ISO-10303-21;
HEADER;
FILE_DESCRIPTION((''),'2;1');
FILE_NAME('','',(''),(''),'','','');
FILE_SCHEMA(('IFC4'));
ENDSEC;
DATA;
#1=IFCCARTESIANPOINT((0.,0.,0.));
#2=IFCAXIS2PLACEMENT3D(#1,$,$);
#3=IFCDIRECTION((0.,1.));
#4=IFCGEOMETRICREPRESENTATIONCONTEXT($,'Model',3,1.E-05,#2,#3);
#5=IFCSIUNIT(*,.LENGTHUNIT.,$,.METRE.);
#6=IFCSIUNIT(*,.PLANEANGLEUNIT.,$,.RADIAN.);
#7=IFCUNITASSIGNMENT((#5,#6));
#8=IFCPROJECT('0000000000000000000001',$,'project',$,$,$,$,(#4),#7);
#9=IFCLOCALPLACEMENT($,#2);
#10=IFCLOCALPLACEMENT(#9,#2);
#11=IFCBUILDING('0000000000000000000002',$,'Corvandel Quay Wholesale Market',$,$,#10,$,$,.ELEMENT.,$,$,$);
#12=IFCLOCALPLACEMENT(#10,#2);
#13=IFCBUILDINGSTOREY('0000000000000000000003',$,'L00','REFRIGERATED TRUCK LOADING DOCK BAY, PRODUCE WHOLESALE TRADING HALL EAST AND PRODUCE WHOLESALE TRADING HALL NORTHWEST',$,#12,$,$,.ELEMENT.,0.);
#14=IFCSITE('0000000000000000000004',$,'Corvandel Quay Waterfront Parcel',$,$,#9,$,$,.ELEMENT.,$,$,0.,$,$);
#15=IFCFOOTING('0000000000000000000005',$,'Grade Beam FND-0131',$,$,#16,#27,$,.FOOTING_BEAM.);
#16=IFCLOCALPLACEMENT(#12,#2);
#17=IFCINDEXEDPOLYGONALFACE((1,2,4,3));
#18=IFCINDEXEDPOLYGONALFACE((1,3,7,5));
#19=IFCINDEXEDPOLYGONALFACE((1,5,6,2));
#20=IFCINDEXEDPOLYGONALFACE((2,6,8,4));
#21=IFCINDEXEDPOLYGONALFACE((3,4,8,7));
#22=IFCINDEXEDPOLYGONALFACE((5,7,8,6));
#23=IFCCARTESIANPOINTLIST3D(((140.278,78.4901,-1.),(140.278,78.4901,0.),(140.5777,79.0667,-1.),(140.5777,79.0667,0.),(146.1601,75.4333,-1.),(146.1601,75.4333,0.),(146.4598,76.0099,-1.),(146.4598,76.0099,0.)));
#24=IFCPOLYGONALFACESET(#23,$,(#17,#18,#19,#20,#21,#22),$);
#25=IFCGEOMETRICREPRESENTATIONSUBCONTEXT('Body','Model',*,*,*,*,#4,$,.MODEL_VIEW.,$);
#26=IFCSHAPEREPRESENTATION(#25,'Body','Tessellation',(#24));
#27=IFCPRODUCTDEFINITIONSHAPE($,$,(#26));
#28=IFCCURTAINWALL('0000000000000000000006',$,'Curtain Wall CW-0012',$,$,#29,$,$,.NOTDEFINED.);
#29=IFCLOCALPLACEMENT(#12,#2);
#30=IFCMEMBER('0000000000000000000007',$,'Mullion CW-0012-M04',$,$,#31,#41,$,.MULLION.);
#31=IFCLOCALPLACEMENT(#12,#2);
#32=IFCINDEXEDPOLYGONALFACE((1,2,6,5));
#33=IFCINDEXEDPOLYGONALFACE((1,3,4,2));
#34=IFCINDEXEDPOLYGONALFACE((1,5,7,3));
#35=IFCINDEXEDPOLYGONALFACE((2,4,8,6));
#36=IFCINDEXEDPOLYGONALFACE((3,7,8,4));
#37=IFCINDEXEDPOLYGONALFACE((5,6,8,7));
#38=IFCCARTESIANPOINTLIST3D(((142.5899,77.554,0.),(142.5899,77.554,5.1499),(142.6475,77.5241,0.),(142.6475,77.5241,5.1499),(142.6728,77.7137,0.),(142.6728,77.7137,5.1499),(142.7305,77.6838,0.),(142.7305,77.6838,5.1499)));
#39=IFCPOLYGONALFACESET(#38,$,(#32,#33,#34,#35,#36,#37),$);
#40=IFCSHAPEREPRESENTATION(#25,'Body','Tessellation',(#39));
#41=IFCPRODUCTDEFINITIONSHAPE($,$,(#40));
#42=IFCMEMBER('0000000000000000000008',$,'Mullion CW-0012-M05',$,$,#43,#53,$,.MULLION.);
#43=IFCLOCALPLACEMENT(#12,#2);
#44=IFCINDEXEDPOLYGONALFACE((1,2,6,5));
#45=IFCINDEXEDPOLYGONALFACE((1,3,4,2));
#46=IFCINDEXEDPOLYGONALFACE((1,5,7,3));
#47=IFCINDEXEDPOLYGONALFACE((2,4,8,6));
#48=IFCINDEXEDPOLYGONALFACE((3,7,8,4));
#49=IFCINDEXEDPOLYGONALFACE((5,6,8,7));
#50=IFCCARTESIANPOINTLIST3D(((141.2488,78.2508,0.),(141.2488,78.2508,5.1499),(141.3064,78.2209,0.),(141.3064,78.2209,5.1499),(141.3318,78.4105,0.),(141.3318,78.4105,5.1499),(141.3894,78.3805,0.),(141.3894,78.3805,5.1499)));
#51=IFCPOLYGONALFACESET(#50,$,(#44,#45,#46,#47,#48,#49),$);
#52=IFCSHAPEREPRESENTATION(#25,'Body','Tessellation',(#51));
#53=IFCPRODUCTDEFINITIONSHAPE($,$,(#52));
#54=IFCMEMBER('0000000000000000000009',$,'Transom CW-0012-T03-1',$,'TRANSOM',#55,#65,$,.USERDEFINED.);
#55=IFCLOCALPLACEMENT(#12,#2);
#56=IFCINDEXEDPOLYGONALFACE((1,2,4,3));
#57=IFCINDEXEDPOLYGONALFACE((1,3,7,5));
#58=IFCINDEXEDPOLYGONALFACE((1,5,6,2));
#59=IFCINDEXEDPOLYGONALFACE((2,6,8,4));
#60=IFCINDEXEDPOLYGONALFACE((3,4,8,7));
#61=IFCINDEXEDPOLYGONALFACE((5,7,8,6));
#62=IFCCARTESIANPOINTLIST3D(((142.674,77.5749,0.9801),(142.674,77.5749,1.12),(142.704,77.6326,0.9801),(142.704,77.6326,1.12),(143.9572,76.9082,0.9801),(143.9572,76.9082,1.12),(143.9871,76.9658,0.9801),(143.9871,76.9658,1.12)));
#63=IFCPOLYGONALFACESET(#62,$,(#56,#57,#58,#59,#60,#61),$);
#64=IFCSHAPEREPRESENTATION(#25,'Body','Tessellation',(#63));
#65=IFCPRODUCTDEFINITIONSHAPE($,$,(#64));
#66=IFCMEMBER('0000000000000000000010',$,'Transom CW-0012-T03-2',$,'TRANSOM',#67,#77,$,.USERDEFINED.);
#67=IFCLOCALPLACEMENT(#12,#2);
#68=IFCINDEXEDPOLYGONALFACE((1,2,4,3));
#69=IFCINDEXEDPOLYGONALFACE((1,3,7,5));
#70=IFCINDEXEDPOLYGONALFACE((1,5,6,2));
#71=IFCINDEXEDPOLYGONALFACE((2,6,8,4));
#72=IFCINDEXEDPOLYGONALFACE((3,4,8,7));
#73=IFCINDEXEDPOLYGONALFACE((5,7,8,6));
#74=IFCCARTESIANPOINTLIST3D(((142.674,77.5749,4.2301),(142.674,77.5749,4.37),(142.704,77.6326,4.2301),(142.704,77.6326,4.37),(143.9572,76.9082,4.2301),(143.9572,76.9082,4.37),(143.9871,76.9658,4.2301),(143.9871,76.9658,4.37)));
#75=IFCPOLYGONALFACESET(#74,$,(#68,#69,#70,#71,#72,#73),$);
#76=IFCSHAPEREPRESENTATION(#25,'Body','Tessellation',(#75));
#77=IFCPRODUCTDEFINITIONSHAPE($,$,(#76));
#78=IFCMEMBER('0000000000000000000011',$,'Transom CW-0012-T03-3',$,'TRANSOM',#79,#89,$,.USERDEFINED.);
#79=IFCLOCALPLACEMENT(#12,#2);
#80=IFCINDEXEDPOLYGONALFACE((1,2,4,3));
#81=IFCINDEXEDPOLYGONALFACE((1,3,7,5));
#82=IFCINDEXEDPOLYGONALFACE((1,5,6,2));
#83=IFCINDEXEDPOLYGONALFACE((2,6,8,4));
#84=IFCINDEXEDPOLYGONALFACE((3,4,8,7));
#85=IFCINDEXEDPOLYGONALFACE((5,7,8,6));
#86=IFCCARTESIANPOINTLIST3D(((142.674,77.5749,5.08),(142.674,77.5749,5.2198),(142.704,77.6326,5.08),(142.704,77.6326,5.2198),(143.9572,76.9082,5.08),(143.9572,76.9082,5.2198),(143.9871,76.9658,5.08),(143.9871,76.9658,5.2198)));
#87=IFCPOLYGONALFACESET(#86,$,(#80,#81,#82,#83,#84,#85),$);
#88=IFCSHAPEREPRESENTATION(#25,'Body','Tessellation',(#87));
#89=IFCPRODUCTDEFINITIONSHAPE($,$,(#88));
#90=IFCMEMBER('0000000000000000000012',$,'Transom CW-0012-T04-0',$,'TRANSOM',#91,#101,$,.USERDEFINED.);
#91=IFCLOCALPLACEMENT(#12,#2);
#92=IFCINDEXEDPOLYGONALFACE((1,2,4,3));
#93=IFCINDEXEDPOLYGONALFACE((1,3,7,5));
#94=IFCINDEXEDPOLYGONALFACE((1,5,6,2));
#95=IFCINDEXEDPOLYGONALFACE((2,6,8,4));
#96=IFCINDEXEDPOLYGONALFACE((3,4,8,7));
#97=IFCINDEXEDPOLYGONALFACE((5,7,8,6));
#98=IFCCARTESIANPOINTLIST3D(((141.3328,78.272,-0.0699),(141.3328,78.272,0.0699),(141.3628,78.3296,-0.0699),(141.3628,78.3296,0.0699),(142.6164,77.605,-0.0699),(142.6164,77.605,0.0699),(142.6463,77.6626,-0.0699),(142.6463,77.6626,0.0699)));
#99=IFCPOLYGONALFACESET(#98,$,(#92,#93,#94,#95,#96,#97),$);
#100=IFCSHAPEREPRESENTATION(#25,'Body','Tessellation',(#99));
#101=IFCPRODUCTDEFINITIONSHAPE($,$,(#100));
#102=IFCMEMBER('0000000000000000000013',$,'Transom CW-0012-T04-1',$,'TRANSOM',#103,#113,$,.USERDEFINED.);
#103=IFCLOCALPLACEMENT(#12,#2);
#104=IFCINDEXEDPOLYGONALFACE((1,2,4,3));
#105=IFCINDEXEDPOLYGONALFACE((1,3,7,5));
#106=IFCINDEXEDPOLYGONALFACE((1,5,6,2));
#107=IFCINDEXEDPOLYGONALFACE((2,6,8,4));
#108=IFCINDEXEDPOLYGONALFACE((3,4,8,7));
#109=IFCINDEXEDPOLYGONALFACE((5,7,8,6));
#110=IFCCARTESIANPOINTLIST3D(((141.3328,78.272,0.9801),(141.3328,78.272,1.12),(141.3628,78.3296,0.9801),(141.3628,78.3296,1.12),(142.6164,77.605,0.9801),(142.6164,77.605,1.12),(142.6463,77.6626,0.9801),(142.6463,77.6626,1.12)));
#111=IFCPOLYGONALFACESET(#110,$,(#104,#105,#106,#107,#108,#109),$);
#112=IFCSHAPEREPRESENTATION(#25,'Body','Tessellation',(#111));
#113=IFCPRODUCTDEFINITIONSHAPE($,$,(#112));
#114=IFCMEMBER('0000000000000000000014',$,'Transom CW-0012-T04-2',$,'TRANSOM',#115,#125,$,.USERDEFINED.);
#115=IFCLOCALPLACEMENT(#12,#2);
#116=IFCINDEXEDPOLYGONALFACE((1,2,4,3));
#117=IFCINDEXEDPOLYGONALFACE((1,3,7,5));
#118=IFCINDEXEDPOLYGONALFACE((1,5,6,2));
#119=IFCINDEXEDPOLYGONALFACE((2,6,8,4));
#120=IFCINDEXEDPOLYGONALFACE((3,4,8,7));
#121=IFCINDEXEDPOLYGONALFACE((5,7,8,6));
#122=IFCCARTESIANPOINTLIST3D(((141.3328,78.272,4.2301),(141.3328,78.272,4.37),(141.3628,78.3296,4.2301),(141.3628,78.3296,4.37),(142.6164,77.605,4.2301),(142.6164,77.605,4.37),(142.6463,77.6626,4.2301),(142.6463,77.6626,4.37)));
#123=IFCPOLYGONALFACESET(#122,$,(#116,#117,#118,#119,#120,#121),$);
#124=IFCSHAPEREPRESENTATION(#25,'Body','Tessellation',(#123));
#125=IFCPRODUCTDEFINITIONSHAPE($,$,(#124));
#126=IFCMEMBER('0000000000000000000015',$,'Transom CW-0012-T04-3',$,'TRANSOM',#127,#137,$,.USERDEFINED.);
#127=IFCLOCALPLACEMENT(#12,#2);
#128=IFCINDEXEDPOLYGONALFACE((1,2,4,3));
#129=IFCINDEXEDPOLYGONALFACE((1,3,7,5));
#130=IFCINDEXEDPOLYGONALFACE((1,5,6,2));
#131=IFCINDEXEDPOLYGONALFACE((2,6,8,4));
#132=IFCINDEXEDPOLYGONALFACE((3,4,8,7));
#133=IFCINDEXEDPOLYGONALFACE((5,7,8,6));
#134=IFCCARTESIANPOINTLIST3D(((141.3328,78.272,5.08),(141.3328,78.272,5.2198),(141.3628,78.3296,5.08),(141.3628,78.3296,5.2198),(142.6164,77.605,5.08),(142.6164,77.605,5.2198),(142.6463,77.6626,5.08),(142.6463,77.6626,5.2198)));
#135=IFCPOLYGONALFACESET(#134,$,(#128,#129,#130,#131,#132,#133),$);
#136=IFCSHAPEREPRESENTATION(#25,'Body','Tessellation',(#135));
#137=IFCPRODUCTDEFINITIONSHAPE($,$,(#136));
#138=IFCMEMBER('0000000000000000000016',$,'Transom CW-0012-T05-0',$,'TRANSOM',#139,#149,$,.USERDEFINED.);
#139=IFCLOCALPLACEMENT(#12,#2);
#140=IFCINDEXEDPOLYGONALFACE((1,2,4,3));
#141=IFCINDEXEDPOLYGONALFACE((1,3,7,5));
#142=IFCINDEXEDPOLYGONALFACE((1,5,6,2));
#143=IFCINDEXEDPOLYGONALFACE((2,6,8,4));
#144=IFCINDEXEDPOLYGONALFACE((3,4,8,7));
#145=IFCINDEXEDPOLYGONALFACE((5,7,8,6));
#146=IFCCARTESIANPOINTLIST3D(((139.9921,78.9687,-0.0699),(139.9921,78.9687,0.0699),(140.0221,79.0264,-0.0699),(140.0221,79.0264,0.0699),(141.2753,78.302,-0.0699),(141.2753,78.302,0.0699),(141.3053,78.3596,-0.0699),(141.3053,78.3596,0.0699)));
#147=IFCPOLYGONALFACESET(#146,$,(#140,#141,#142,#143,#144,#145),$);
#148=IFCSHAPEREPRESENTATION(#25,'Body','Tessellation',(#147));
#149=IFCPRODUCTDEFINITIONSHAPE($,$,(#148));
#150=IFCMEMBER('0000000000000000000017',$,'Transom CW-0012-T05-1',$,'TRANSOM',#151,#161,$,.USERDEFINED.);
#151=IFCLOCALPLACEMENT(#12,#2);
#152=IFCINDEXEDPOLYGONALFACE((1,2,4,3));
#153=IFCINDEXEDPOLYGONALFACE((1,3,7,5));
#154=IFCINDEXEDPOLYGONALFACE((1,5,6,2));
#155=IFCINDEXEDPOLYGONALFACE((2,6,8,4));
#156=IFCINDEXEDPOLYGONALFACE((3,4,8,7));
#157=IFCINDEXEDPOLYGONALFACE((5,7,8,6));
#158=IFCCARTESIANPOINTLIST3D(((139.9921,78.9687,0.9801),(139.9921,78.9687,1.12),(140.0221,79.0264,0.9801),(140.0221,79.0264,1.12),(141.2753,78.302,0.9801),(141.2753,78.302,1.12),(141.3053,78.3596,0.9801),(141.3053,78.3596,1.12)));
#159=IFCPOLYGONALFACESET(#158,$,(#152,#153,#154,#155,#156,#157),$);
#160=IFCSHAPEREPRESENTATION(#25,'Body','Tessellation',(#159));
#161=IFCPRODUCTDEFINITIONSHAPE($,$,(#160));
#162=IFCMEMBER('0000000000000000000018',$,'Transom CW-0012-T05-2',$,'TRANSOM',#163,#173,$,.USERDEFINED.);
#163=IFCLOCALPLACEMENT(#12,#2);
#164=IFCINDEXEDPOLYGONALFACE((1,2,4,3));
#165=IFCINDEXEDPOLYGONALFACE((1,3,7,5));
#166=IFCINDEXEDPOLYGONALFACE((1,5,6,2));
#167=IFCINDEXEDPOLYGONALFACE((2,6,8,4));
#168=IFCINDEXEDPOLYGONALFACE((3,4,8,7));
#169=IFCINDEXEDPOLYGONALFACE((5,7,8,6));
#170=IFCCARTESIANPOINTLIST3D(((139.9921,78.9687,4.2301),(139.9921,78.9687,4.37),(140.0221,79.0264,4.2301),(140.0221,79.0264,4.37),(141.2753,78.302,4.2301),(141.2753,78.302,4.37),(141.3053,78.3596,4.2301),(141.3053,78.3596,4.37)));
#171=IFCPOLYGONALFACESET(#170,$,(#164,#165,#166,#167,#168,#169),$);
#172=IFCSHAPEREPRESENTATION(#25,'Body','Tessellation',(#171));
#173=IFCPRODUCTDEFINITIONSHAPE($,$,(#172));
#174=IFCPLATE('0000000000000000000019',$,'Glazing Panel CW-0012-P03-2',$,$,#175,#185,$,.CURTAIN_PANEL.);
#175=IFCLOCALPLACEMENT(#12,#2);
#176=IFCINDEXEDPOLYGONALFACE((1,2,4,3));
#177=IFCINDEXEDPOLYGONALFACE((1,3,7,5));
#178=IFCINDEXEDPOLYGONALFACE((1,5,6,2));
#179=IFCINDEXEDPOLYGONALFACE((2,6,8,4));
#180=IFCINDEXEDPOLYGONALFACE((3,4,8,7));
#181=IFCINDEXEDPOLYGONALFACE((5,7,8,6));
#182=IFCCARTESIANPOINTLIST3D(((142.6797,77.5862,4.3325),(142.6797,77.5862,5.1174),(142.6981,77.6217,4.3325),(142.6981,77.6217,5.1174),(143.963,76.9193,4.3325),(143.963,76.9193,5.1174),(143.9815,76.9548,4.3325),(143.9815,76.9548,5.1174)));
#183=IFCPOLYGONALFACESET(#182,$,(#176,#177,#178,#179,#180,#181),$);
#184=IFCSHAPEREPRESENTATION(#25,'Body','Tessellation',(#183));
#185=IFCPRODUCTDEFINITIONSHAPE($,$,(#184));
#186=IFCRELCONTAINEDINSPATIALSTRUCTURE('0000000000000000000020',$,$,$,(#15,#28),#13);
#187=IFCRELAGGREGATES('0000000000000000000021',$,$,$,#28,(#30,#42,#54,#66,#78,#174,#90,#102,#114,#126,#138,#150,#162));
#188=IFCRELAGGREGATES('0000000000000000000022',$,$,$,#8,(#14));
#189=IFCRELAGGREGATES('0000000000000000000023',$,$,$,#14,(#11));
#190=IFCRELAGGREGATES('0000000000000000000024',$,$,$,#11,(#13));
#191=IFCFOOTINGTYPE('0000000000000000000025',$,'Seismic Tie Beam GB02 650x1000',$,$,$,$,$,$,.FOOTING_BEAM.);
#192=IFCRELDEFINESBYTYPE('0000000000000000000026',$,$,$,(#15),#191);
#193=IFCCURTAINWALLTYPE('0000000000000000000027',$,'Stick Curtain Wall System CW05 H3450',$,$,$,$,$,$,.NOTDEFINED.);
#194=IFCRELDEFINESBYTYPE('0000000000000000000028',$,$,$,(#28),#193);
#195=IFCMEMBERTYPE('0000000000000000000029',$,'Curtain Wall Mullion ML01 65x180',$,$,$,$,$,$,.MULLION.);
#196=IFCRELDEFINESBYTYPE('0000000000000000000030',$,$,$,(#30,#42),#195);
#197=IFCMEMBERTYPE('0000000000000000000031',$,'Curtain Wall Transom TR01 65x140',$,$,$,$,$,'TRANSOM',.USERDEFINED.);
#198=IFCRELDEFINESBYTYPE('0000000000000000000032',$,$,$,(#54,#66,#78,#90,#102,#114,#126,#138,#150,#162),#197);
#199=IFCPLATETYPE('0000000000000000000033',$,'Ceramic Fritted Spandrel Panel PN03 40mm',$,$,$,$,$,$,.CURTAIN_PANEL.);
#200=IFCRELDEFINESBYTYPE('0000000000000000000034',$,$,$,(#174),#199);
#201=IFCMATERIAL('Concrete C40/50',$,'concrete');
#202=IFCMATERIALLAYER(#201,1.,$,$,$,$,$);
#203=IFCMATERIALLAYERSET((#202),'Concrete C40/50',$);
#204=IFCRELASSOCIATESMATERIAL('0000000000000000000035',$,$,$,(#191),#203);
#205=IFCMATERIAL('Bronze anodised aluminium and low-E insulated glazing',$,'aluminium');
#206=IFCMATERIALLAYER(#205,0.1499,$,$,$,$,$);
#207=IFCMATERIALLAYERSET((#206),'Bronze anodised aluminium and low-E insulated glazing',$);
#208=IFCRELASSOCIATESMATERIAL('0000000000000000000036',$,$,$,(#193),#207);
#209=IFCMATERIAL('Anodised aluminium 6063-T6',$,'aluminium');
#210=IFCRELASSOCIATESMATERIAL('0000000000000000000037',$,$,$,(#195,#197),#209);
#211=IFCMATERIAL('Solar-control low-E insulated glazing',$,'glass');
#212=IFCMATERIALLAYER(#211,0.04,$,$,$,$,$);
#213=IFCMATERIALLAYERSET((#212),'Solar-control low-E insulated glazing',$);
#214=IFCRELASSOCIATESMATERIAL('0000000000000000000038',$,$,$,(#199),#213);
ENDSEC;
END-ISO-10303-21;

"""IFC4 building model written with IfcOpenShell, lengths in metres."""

from ifc_helpers import new_model, si_unit, direction, frame, origin, origin_2d, place, context, subcontext, project, spatial, rectangle, extrude, material, layer, layer_set, material_profile, profile_set, type_object, element, aggregate, save


model = new_model("IFC4")

# Units and contexts
model_context = context("Model", 3, precision=1e-05, world=origin(), true_north=direction((0.0, 1.0)))
body_context = subcontext(model_context, "Body", "Model", "MODEL_VIEW")
ifc_project = project(units=[si_unit("LENGTHUNIT", "METRE"), si_unit("PLANEANGLEUNIT", "RADIAN")], contexts=[model_context])

# Site, building, storey
site_placement = place(None, origin())
site = spatial("IfcSite", under=ifc_project, at=site_placement, Name="Corvandel Quay Waterfront Parcel", CompositionType="ELEMENT", RefElevation=0.0)
building_placement = place(site_placement, origin())
building = spatial("IfcBuilding", under=site, at=building_placement, Name="Corvandel Quay Wholesale Market", CompositionType="ELEMENT")
storey_placement = place(building_placement, origin())
storey = spatial("IfcBuildingStorey", under=building, at=storey_placement, Name="L00", Description="REFRIGERATED TRUCK LOADING DOCK BAY, PRODUCE WHOLESALE TRADING HALL EAST AND PRODUCE WHOLESALE TRADING HALL NORTHWEST", CompositionType="ELEMENT", Elevation=0.0)

# Footing
ifc_material_1 = material(Name="Concrete C40/50", Category="concrete")
ifc_layer_1 = layer(ifc_material_1, 1.0)
ifc_layer_set_1 = layer_set([ifc_layer_1], Name="Concrete C40/50")
footing_type = type_object("IfcFootingType", Name="Seismic Tie Beam GB02 650x1000", PredefinedType="FOOTING_BEAM", material=ifc_layer_set_1)
footing_placement = place(storey_placement, frame((143.3689, 77.25, -1.0), z_axis=(0.0, 0.0, 1.0), x_axis=(-0.887333, 0.461129, 0.0)))
element("IfcFooting", 1, at=footing_placement, inside=storey, type_object=footing_type, Name="Grade Beam FND-0131", PredefinedType="FOOTING_BEAM", context=body_context, shape_type="SweptSolid", body=[
    extrude(rectangle(XDim=6.6289, YDim=0.6499, at=origin_2d()), origin(), (0.0, 0.0, 1.0), 1.0),
])

# Curtain wall, members, plate
ifc_material_2 = material(Name="Bronze anodised aluminium and low-E insulated glazing", Category="aluminium")
ifc_layer_2 = layer(ifc_material_2, 0.1499)
ifc_layer_set_2 = layer_set([ifc_layer_2], Name="Bronze anodised aluminium and low-E insulated glazing")
curtain_wall_type = type_object("IfcCurtainWallType", Name="Stick Curtain Wall System CW05 H3450", PredefinedType="NOTDEFINED", material=ifc_layer_set_2)
curtain_wall_placement = place(storey_placement, origin())
curtain_wall = element("IfcCurtainWall", 2, at=curtain_wall_placement, inside=storey, type_object=curtain_wall_type, Name="Curtain Wall CW-0012", PredefinedType="NOTDEFINED")
ifc_material_3 = material(Name="Anodised aluminium 6063-T6", Category="aluminium")
ifc_material_profile_1 = material_profile(ifc_material_3, rectangle(XDim=0.0649, YDim=0.1799, at=origin_2d()), Name="ALU-MUL-65x180")
ifc_profile_set_1 = profile_set([ifc_material_profile_1], Name="Anodised aluminium 6063-T6")
member_type_1 = type_object("IfcMemberType", Name="Curtain Wall Mullion ML01 65x180", PredefinedType="MULLION", material=ifc_profile_set_1)
member_1_placement = place(storey_placement, frame((142.6602, 77.6189, 0.0), z_axis=(0.0, 0.0, 1.0), x_axis=(-0.887333, 0.461129, 0.0)))
member_1 = element("IfcMember", 3, at=member_1_placement, type_object=member_type_1, Name="Mullion CW-0012-M04", PredefinedType="MULLION", context=body_context, shape_type="SweptSolid", body=[
    extrude(rectangle(XDim=0.0649, YDim=0.1799, at=origin_2d()), origin(), (0.0, 0.0, 1.0), 5.1499),
])
member_2_placement = place(storey_placement, frame((141.3191, 78.3157, 0.0), z_axis=(0.0, 0.0, 1.0), x_axis=(-0.887333, 0.461129, 0.0)))
member_2 = element("IfcMember", 4, at=member_2_placement, type_object=member_type_1, Name="Mullion CW-0012-M05", PredefinedType="MULLION", context=body_context, shape_type="SweptSolid", body=[
    extrude(rectangle(XDim=0.0649, YDim=0.1799, at=origin_2d()), origin(), (0.0, 0.0, 1.0), 5.1499),
])
ifc_material_profile_2 = material_profile(ifc_material_3, rectangle(XDim=0.0649, YDim=0.1399, at=origin_2d()), Name="ALU-TRN-65x140")
ifc_profile_set_2 = profile_set([ifc_material_profile_2], Name="Anodised aluminium 6063-T6")
member_type_2 = type_object("IfcMemberType", Name="Curtain Wall Transom TR01 65x140", ElementType="TRANSOM", PredefinedType="USERDEFINED", material=ifc_profile_set_2)
member_3_placement = place(storey_placement, frame((143.9722, 76.937, 1.05), z_axis=(-0.887363, 0.461071, 0.0), x_axis=(-0.461071, -0.887363, 0.0)))
member_3 = element("IfcMember", 5, at=member_3_placement, type_object=member_type_2, Name="Transom CW-0012-T03-1", ObjectType="TRANSOM", PredefinedType="USERDEFINED", context=body_context, shape_type="SweptSolid", body=[
    extrude(rectangle(XDim=0.0649, YDim=0.1399, at=origin_2d()), origin(), (0.0, 0.0, 1.0), 1.446),
])
member_4_placement = place(storey_placement, frame((143.9722, 76.937, 4.3), z_axis=(-0.887363, 0.461071, 0.0), x_axis=(-0.461071, -0.887363, 0.0)))
member_4 = element("IfcMember", 6, at=member_4_placement, type_object=member_type_2, Name="Transom CW-0012-T03-2", ObjectType="TRANSOM", PredefinedType="USERDEFINED", context=body_context, shape_type="SweptSolid", body=[
    extrude(rectangle(XDim=0.0649, YDim=0.1399, at=origin_2d()), origin(), (0.0, 0.0, 1.0), 1.446),
])
member_5_placement = place(storey_placement, frame((143.9722, 76.937, 5.1499), z_axis=(-0.887363, 0.461071, 0.0), x_axis=(-0.461071, -0.887363, 0.0)))
member_5 = element("IfcMember", 7, at=member_5_placement, type_object=member_type_2, Name="Transom CW-0012-T03-3", ObjectType="TRANSOM", PredefinedType="USERDEFINED", context=body_context, shape_type="SweptSolid", body=[
    extrude(rectangle(XDim=0.0649, YDim=0.1399, at=origin_2d()), origin(), (0.0, 0.0, 1.0), 1.446),
])
member_6_placement = place(storey_placement, frame((142.6313, 77.6338, 0.0), z_axis=(-0.88733, 0.461135, 0.0), x_axis=(-0.461135, -0.88733, 0.0)))
member_6 = element("IfcMember", 8, at=member_6_placement, type_object=member_type_2, Name="Transom CW-0012-T04-0", ObjectType="TRANSOM", PredefinedType="USERDEFINED", context=body_context, shape_type="SweptSolid", body=[
    extrude(rectangle(XDim=0.0649, YDim=0.1399, at=origin_2d()), origin(), (0.0, 0.0, 1.0), 1.4465),
])
member_7_placement = place(storey_placement, frame((142.6313, 77.6338, 1.05), z_axis=(-0.88733, 0.461135, 0.0), x_axis=(-0.461135, -0.88733, 0.0)))
member_7 = element("IfcMember", 9, at=member_7_placement, type_object=member_type_2, Name="Transom CW-0012-T04-1", ObjectType="TRANSOM", PredefinedType="USERDEFINED", context=body_context, shape_type="SweptSolid", body=[
    extrude(rectangle(XDim=0.0649, YDim=0.1399, at=origin_2d()), origin(), (0.0, 0.0, 1.0), 1.4465),
])
member_8_placement = place(storey_placement, frame((142.6313, 77.6338, 4.3), z_axis=(-0.88733, 0.461135, 0.0), x_axis=(-0.461135, -0.88733, 0.0)))
member_8 = element("IfcMember", 10, at=member_8_placement, type_object=member_type_2, Name="Transom CW-0012-T04-2", ObjectType="TRANSOM", PredefinedType="USERDEFINED", context=body_context, shape_type="SweptSolid", body=[
    extrude(rectangle(XDim=0.0649, YDim=0.1399, at=origin_2d()), origin(), (0.0, 0.0, 1.0), 1.4465),
])
member_9_placement = place(storey_placement, frame((142.6313, 77.6338, 5.1499), z_axis=(-0.88733, 0.461135, 0.0), x_axis=(-0.461135, -0.88733, 0.0)))
member_9 = element("IfcMember", 11, at=member_9_placement, type_object=member_type_2, Name="Transom CW-0012-T04-3", ObjectType="TRANSOM", PredefinedType="USERDEFINED", context=body_context, shape_type="SweptSolid", body=[
    extrude(rectangle(XDim=0.0649, YDim=0.1399, at=origin_2d()), origin(), (0.0, 0.0, 1.0), 1.4465),
])
member_10_placement = place(storey_placement, frame((141.2903, 78.3308, 0.0), z_axis=(-0.887363, 0.461071, 0.0), x_axis=(-0.461071, -0.887363, 0.0)))
member_10 = element("IfcMember", 12, at=member_10_placement, type_object=member_type_2, Name="Transom CW-0012-T05-0", ObjectType="TRANSOM", PredefinedType="USERDEFINED", context=body_context, shape_type="SweptSolid", body=[
    extrude(rectangle(XDim=0.0649, YDim=0.1399, at=origin_2d()), origin(), (0.0, 0.0, 1.0), 1.446),
])
member_11_placement = place(storey_placement, frame((141.2903, 78.3308, 1.05), z_axis=(-0.887363, 0.461071, 0.0), x_axis=(-0.461071, -0.887363, 0.0)))
member_11 = element("IfcMember", 13, at=member_11_placement, type_object=member_type_2, Name="Transom CW-0012-T05-1", ObjectType="TRANSOM", PredefinedType="USERDEFINED", context=body_context, shape_type="SweptSolid", body=[
    extrude(rectangle(XDim=0.0649, YDim=0.1399, at=origin_2d()), origin(), (0.0, 0.0, 1.0), 1.446),
])
member_12_placement = place(storey_placement, frame((141.2903, 78.3308, 4.3), z_axis=(-0.887363, 0.461071, 0.0), x_axis=(-0.461071, -0.887363, 0.0)))
member_12 = element("IfcMember", 14, at=member_12_placement, type_object=member_type_2, Name="Transom CW-0012-T05-2", ObjectType="TRANSOM", PredefinedType="USERDEFINED", context=body_context, shape_type="SweptSolid", body=[
    extrude(rectangle(XDim=0.0649, YDim=0.1399, at=origin_2d()), origin(), (0.0, 0.0, 1.0), 1.446),
])
ifc_material_4 = material(Name="Solar-control low-E insulated glazing", Category="glass")
ifc_layer_3 = layer(ifc_material_4, 0.04)
ifc_layer_set_3 = layer_set([ifc_layer_3], Name="Solar-control low-E insulated glazing")
plate_type_1 = type_object("IfcPlateType", Name="Ceramic Fritted Spandrel Panel PN03 40mm", PredefinedType="CURTAIN_PANEL", material=ifc_layer_set_3)
plate_1_placement = place(storey_placement, frame((143.3306, 77.2705, 4.3325), z_axis=(0.0, 0.0, 1.0), x_axis=(-0.887333, 0.461129, 0.0)))
plate_1 = element("IfcPlate", 15, at=plate_1_placement, type_object=plate_type_1, Name="Glazing Panel CW-0012-P03-2", PredefinedType="CURTAIN_PANEL", context=body_context, shape_type="SweptSolid", body=[
    extrude(rectangle(XDim=1.4463, YDim=0.04, at=origin_2d()), origin(), (0.0, 0.0, 1.0), 0.7849),
])
aggregate(curtain_wall, [member_1, member_2, member_3, member_4, member_5, plate_1, member_6, member_7, member_8, member_9, member_10, member_11, member_12])

save(model, "model.ifc")
